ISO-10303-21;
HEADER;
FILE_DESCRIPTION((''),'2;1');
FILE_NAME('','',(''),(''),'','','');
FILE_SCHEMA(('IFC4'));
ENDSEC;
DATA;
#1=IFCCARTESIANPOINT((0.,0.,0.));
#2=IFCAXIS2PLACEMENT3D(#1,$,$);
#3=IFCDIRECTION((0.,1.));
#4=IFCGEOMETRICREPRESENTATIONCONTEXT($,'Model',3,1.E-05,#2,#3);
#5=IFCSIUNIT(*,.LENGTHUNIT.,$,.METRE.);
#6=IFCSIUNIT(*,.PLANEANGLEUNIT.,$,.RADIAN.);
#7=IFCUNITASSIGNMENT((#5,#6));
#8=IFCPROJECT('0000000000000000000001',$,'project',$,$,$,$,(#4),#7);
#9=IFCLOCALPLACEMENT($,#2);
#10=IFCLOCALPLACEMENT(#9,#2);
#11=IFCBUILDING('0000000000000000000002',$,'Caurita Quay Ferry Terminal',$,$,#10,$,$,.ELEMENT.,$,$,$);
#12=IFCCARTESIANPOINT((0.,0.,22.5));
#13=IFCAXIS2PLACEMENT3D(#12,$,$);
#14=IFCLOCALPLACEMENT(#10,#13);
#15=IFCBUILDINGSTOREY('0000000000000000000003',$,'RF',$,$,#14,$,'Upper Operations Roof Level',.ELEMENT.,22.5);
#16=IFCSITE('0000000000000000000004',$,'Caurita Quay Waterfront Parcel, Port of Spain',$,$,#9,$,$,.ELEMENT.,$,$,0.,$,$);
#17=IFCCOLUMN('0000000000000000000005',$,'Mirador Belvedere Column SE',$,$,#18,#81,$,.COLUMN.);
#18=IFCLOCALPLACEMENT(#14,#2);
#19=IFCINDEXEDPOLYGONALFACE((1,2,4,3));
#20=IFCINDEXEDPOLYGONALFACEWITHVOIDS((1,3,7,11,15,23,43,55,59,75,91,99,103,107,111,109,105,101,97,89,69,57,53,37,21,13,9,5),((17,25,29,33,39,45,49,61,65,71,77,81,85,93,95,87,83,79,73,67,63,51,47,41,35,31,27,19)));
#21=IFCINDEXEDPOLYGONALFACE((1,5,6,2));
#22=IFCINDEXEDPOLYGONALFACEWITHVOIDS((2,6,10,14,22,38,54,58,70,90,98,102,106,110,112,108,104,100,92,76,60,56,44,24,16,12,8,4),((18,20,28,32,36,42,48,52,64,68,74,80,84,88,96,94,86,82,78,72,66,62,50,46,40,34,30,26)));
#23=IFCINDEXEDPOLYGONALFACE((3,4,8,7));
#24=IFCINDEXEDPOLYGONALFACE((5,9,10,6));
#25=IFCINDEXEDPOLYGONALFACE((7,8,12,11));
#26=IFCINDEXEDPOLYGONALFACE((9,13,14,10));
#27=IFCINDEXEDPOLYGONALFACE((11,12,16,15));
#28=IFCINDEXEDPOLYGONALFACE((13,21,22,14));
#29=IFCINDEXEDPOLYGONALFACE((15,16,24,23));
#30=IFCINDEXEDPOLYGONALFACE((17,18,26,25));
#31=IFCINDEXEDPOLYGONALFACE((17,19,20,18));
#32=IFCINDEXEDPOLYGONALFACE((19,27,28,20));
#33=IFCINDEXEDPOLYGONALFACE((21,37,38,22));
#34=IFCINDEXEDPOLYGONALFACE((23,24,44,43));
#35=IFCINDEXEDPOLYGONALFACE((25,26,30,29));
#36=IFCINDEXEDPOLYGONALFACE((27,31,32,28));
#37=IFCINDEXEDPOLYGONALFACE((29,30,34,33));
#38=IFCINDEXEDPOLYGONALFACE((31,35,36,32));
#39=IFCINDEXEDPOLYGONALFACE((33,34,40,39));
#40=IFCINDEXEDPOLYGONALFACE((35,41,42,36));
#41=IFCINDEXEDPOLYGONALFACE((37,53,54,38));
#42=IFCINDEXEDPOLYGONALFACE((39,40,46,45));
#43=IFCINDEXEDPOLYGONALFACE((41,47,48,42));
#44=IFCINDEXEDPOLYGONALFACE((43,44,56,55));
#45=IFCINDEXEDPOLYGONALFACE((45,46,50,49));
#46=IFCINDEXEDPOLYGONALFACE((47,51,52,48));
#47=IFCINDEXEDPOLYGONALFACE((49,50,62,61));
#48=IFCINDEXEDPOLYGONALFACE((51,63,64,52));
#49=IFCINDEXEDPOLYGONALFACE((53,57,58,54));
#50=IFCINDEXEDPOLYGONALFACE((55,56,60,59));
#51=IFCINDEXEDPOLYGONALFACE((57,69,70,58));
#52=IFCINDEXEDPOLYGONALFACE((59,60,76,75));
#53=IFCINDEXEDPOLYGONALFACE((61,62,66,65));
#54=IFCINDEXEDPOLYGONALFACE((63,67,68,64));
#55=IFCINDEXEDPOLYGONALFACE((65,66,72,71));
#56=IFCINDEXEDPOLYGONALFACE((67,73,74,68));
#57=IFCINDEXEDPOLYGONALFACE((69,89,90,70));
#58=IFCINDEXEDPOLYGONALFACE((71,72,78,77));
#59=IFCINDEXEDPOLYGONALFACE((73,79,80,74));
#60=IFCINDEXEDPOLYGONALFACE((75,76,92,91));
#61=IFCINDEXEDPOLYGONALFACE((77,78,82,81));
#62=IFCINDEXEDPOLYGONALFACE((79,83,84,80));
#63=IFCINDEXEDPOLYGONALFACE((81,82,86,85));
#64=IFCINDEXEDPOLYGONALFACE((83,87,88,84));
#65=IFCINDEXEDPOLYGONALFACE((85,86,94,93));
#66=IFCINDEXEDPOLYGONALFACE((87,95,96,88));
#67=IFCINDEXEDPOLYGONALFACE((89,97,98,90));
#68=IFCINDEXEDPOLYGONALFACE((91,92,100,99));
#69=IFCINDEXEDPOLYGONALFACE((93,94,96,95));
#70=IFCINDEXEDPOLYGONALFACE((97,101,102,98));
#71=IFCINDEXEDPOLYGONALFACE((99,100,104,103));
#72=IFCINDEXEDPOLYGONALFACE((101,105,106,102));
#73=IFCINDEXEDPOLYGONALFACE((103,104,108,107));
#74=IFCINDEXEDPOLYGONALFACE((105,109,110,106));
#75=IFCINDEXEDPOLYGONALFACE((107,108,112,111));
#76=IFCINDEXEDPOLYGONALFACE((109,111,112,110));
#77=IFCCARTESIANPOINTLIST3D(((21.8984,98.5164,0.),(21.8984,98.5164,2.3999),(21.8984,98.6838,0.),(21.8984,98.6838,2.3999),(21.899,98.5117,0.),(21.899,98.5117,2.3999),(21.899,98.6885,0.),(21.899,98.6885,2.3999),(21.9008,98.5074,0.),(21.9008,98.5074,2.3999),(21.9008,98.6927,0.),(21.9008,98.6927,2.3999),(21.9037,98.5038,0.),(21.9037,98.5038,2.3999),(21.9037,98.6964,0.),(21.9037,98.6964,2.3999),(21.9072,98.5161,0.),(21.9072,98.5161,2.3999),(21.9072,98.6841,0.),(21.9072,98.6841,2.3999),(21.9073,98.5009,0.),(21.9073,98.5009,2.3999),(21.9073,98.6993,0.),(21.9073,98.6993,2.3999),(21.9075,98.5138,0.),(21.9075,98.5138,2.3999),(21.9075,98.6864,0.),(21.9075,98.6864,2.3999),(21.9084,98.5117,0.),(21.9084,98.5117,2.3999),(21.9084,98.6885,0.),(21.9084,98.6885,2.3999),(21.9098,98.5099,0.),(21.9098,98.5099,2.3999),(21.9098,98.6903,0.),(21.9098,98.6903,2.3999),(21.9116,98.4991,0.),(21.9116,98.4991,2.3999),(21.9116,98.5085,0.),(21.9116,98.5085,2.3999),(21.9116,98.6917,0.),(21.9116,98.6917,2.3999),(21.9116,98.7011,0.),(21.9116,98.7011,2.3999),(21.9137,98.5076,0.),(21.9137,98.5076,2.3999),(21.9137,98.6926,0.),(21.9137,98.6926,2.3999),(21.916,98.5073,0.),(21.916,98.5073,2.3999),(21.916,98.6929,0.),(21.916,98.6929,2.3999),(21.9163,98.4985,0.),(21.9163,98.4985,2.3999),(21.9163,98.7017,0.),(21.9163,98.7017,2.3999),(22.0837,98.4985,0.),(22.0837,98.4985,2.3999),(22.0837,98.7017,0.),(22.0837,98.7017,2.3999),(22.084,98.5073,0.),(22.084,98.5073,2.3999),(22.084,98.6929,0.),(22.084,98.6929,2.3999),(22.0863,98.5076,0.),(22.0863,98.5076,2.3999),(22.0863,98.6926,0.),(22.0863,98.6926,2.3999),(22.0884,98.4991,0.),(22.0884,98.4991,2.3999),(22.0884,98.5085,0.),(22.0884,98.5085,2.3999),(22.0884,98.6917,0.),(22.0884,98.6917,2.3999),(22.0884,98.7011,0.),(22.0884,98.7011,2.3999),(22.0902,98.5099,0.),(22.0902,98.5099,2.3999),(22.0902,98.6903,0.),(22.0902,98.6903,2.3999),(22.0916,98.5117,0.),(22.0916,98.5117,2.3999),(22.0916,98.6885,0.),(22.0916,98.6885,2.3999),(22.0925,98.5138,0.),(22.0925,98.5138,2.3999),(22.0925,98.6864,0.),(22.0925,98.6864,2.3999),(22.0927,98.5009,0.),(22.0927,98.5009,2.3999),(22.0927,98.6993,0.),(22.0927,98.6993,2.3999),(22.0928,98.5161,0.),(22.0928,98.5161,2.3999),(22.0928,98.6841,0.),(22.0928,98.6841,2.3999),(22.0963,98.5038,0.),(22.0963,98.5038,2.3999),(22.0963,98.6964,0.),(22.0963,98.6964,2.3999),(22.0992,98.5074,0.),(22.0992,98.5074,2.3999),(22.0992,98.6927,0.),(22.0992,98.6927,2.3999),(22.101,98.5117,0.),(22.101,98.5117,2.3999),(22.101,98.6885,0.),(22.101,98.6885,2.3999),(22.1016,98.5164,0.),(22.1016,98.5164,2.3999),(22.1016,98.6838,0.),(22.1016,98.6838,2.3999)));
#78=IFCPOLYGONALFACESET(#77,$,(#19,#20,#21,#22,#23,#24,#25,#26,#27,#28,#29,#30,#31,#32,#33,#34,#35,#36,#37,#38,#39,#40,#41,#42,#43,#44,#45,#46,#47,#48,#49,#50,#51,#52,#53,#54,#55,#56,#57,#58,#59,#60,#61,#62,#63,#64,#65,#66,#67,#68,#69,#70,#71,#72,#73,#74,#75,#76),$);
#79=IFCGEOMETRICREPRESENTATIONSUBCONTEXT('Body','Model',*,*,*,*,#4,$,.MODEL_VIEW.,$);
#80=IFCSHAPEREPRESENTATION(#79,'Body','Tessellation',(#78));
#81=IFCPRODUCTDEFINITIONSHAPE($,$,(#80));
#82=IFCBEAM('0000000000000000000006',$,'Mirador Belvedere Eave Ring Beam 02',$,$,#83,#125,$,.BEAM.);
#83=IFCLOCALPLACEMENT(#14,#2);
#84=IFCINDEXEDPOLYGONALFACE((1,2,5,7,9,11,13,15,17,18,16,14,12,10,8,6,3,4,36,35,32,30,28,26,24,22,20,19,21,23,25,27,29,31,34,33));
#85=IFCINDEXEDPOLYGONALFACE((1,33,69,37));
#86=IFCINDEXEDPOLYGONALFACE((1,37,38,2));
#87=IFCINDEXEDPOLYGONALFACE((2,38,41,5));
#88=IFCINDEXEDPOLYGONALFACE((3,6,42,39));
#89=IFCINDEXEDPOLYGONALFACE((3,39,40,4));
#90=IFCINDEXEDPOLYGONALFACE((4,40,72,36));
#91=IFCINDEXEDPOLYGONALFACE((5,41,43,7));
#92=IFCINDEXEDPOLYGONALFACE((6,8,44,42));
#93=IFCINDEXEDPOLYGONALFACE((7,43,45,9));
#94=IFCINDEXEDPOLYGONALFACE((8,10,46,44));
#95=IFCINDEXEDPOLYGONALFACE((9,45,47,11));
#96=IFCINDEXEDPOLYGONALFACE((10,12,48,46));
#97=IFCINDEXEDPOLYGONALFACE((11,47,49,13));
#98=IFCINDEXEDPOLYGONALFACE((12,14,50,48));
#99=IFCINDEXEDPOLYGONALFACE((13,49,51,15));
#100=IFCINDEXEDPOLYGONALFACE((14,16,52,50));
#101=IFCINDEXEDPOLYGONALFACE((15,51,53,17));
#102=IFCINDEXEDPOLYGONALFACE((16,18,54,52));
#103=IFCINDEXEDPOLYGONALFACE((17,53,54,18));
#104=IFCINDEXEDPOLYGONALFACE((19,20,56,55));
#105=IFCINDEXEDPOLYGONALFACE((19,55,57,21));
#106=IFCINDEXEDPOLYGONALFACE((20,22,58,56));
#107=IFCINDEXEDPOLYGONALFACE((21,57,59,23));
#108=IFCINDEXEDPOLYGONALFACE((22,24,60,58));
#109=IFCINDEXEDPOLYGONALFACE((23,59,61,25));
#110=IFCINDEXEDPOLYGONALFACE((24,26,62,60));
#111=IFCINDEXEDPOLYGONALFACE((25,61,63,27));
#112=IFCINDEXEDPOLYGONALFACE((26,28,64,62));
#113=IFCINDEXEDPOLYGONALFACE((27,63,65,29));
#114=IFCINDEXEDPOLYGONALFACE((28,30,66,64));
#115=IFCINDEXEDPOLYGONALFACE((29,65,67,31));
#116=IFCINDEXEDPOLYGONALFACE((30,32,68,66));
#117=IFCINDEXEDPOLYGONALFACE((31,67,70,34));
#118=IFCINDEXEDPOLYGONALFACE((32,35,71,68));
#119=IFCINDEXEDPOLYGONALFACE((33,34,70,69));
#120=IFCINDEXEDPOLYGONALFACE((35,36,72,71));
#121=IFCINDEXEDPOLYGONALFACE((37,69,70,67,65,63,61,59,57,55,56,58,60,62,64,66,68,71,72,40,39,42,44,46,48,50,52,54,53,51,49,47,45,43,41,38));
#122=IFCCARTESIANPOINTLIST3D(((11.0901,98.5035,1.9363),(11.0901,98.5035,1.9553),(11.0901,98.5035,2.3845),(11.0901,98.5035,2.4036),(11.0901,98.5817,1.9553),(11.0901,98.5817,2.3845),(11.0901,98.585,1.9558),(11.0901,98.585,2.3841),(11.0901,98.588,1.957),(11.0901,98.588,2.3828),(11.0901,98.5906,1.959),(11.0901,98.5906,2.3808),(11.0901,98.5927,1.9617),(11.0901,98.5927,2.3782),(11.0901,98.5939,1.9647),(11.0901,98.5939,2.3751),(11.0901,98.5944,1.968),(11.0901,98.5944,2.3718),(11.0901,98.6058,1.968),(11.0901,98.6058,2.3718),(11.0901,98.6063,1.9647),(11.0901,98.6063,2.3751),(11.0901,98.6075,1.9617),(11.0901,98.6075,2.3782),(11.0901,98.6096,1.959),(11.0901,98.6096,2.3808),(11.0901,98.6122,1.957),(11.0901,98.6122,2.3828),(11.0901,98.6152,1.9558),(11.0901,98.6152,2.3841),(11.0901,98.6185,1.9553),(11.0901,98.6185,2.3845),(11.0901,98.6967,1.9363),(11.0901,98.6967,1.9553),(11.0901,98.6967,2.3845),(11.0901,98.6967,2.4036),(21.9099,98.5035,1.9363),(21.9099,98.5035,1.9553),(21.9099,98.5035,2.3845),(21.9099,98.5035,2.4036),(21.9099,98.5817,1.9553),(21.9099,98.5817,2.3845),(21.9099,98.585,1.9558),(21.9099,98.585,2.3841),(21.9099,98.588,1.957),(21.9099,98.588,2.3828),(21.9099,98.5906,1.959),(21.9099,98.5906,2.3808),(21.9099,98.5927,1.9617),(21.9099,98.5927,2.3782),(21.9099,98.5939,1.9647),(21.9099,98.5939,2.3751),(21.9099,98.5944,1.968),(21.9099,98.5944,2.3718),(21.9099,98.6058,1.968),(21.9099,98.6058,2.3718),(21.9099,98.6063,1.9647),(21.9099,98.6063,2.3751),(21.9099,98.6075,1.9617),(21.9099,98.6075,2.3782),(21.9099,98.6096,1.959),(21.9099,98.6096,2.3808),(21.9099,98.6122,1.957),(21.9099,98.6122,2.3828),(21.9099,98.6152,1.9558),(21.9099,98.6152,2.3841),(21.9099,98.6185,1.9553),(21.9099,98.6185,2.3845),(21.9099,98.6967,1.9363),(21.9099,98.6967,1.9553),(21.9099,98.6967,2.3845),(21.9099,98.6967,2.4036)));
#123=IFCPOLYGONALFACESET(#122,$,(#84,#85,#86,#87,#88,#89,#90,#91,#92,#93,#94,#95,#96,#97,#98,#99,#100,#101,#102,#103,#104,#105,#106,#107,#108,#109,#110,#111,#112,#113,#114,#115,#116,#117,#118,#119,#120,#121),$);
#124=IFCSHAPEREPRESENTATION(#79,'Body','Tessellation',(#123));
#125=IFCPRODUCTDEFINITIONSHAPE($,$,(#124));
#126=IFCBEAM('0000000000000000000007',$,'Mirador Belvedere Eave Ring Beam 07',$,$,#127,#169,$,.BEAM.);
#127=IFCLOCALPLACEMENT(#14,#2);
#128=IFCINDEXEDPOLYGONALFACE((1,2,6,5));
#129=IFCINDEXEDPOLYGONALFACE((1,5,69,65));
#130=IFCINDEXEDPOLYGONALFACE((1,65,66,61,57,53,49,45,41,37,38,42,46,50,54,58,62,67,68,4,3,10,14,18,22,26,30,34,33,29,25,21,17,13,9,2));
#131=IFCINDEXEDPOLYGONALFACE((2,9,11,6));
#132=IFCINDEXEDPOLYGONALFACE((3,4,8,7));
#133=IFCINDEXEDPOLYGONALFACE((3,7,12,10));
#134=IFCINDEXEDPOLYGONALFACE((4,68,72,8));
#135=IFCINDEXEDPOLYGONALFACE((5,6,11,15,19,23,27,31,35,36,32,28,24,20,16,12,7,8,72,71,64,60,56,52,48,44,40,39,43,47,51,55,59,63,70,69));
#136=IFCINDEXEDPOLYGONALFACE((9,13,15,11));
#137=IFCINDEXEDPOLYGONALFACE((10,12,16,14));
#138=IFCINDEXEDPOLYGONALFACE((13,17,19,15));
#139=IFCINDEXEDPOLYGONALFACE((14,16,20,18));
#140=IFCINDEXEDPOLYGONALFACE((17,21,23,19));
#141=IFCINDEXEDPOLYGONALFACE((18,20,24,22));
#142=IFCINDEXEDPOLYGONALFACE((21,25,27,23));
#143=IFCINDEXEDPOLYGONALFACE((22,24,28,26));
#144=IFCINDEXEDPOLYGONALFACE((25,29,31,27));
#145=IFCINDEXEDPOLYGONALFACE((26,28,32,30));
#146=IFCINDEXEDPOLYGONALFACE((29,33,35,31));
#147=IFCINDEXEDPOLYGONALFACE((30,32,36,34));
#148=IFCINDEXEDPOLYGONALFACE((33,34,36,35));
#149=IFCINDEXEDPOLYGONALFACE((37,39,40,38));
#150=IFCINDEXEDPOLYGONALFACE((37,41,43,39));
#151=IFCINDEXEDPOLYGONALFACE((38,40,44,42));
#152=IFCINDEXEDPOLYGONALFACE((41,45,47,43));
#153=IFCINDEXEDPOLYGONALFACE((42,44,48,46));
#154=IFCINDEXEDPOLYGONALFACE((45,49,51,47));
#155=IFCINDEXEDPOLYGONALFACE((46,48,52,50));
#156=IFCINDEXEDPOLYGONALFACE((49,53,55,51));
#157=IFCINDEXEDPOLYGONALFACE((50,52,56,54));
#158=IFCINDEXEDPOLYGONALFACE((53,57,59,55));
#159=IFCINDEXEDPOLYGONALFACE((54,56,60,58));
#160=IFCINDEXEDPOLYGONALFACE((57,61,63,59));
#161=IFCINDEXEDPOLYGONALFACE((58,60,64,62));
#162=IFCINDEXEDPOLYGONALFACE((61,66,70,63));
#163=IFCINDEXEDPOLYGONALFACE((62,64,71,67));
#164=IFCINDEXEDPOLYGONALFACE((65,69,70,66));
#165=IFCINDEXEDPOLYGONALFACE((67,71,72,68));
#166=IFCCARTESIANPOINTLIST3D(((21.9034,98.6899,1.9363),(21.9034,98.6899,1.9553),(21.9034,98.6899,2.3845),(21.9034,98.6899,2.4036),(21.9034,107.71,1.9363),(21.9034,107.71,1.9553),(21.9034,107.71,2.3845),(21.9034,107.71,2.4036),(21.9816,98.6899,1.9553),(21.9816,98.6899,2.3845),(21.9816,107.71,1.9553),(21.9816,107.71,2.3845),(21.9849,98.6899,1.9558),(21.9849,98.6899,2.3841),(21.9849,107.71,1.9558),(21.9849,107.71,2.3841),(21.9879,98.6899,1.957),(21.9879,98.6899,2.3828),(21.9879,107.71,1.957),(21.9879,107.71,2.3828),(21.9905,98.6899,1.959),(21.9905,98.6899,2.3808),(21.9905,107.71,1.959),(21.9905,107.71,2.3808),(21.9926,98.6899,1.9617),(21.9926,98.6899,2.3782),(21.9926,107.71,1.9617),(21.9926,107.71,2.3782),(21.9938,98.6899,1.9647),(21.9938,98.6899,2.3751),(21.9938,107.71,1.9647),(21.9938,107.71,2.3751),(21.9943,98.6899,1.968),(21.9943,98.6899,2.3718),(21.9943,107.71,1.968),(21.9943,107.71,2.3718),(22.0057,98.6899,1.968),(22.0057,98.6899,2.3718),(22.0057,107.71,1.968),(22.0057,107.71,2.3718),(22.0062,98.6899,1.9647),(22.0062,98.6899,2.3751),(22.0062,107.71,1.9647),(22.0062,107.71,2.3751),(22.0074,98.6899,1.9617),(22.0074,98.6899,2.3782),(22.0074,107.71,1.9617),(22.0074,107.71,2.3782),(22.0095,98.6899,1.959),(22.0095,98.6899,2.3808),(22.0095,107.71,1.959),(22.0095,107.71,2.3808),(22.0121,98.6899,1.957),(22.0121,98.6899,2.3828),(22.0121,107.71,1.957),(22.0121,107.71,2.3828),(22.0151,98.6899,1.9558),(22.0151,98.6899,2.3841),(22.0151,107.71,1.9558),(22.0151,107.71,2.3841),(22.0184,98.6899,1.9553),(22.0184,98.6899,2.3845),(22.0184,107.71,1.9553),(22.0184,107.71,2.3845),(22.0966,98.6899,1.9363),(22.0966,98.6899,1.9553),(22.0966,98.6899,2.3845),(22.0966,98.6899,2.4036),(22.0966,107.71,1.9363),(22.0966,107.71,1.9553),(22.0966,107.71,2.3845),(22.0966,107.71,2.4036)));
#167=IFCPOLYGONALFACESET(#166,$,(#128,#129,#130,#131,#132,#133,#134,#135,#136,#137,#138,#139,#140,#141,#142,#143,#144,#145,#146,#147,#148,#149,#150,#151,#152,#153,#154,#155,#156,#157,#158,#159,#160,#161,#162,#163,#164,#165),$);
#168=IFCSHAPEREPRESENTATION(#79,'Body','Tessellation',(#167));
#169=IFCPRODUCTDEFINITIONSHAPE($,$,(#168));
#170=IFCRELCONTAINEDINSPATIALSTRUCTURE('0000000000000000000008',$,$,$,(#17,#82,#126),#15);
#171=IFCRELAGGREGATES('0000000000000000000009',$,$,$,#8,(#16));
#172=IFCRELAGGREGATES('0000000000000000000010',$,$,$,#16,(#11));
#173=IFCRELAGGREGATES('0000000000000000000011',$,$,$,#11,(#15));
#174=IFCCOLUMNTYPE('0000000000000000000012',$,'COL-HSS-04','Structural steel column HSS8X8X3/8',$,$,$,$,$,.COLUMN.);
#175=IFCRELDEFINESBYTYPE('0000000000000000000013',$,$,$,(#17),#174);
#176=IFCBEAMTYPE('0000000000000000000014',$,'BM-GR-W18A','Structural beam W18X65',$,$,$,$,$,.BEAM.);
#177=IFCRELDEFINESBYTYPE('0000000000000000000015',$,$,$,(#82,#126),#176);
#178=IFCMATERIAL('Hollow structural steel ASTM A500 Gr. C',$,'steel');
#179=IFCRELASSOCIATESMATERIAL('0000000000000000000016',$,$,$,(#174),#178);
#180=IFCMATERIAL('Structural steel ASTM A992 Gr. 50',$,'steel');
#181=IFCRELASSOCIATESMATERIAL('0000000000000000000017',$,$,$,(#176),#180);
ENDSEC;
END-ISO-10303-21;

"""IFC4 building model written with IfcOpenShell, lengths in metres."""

from ifc_helpers import new_model, si_unit, direction, frame, origin, origin_2d, place, context, subcontext, project, spatial, hollow_rectangle, i_section, extrude, material, material_profile, profile_set, type_object, element, save


model = new_model("IFC4")

# Units and contexts
model_context = context("Model", 3, precision=1e-05, world=origin(), true_north=direction((0.0, 1.0)))
body_context = subcontext(model_context, "Body", "Model", "MODEL_VIEW")
ifc_project = project(units=[si_unit("LENGTHUNIT", "METRE"), si_unit("PLANEANGLEUNIT", "RADIAN")], contexts=[model_context])

# Site, building, storey
site_placement = place(None, origin())
site = spatial("IfcSite", under=ifc_project, at=site_placement, Name="Caurita Quay Waterfront Parcel, Port of Spain", CompositionType="ELEMENT", RefElevation=0.0)
building_placement = place(site_placement, origin())
building = spatial("IfcBuilding", under=site, at=building_placement, Name="Caurita Quay Ferry Terminal", CompositionType="ELEMENT")
storey_placement = place(building_placement, frame((0.0, 0.0, 22.5)))
storey = spatial("IfcBuildingStorey", under=building, at=storey_placement, Name="RF", LongName="Upper Operations Roof Level", CompositionType="ELEMENT", Elevation=22.5)

# Column
ifc_material_1 = material(Name="Hollow structural steel ASTM A500 Gr. C", Category="steel")
ifc_material_profile_1 = material_profile(ifc_material_1, hollow_rectangle(XDim=0.2031, YDim=0.2031, WallThickness=0.0088, InnerFilletRadius=0.0088, OuterFilletRadius=0.0178, at=origin_2d()), Name="HSS8X8X3/8")
ifc_profile_set_1 = profile_set([ifc_material_profile_1], Name="Hollow structural steel ASTM A500 Gr. C")
column_type = type_object("IfcColumnType", Name="COL-HSS-04", Description="Structural steel column HSS8X8X3/8", PredefinedType="COLUMN", material=ifc_profile_set_1)
column_placement = place(storey_placement, frame((22.0, 98.6001, 0.0), z_axis=(0.0, 0.0, 1.0), x_axis=(1.0, 0.0, 0.0)))
element("IfcColumn", 1, at=column_placement, inside=storey, type_object=column_type, Name="Mirador Belvedere Column SE", PredefinedType="COLUMN", context=body_context, shape_type="SweptSolid", body=[
    extrude(hollow_rectangle(XDim=0.2031, YDim=0.2031, WallThickness=0.0088, InnerFilletRadius=0.0088, OuterFilletRadius=0.0178, at=origin_2d()), origin(), (0.0, 0.0, 1.0), 2.3999),
])

# Beams
ifc_material_2 = material(Name="Structural steel ASTM A992 Gr. 50", Category="steel")
ifc_material_profile_2 = material_profile(ifc_material_2, i_section(OverallWidth=0.1931, OverallDepth=0.4673, WebThickness=0.0115, FlangeThickness=0.019, FilletRadius=0.0127, at=origin_2d()), Name="W18X65")
ifc_profile_set_2 = profile_set([ifc_material_profile_2], Name="Structural steel ASTM A992 Gr. 50")
beam_type_1 = type_object("IfcBeamType", Name="BM-GR-W18A", Description="Structural beam W18X65", PredefinedType="BEAM", material=ifc_profile_set_2)
beam_1_placement = place(storey_placement, frame((11.0901, 98.6001, 2.1699), z_axis=(1.0, 0.0, 0.0), x_axis=(0.0, 1.0, 0.0)))
element("IfcBeam", 2, at=beam_1_placement, inside=storey, type_object=beam_type_1, Name="Mirador Belvedere Eave Ring Beam 02", PredefinedType="BEAM", context=body_context, shape_type="SweptSolid", body=[
    extrude(i_section(OverallWidth=0.1931, OverallDepth=0.4673, WebThickness=0.0115, FlangeThickness=0.019, FilletRadius=0.0127, at=origin_2d()), origin(), (0.0, 0.0, 1.0), 10.8198),
])
beam_2_placement = place(storey_placement, frame((22.0, 98.6899, 2.1699), z_axis=(0.0, 1.0, 0.0), x_axis=(-1.0, 0.0, 0.0)))
element("IfcBeam", 3, at=beam_2_placement, inside=storey, type_object=beam_type_1, Name="Mirador Belvedere Eave Ring Beam 07", PredefinedType="BEAM", context=body_context, shape_type="SweptSolid", body=[
    extrude(i_section(OverallWidth=0.1931, OverallDepth=0.4673, WebThickness=0.0115, FlangeThickness=0.019, FilletRadius=0.0127, at=origin_2d()), origin(), (0.0, 0.0, 1.0), 9.02),
])

save(model, "model.ifc")
